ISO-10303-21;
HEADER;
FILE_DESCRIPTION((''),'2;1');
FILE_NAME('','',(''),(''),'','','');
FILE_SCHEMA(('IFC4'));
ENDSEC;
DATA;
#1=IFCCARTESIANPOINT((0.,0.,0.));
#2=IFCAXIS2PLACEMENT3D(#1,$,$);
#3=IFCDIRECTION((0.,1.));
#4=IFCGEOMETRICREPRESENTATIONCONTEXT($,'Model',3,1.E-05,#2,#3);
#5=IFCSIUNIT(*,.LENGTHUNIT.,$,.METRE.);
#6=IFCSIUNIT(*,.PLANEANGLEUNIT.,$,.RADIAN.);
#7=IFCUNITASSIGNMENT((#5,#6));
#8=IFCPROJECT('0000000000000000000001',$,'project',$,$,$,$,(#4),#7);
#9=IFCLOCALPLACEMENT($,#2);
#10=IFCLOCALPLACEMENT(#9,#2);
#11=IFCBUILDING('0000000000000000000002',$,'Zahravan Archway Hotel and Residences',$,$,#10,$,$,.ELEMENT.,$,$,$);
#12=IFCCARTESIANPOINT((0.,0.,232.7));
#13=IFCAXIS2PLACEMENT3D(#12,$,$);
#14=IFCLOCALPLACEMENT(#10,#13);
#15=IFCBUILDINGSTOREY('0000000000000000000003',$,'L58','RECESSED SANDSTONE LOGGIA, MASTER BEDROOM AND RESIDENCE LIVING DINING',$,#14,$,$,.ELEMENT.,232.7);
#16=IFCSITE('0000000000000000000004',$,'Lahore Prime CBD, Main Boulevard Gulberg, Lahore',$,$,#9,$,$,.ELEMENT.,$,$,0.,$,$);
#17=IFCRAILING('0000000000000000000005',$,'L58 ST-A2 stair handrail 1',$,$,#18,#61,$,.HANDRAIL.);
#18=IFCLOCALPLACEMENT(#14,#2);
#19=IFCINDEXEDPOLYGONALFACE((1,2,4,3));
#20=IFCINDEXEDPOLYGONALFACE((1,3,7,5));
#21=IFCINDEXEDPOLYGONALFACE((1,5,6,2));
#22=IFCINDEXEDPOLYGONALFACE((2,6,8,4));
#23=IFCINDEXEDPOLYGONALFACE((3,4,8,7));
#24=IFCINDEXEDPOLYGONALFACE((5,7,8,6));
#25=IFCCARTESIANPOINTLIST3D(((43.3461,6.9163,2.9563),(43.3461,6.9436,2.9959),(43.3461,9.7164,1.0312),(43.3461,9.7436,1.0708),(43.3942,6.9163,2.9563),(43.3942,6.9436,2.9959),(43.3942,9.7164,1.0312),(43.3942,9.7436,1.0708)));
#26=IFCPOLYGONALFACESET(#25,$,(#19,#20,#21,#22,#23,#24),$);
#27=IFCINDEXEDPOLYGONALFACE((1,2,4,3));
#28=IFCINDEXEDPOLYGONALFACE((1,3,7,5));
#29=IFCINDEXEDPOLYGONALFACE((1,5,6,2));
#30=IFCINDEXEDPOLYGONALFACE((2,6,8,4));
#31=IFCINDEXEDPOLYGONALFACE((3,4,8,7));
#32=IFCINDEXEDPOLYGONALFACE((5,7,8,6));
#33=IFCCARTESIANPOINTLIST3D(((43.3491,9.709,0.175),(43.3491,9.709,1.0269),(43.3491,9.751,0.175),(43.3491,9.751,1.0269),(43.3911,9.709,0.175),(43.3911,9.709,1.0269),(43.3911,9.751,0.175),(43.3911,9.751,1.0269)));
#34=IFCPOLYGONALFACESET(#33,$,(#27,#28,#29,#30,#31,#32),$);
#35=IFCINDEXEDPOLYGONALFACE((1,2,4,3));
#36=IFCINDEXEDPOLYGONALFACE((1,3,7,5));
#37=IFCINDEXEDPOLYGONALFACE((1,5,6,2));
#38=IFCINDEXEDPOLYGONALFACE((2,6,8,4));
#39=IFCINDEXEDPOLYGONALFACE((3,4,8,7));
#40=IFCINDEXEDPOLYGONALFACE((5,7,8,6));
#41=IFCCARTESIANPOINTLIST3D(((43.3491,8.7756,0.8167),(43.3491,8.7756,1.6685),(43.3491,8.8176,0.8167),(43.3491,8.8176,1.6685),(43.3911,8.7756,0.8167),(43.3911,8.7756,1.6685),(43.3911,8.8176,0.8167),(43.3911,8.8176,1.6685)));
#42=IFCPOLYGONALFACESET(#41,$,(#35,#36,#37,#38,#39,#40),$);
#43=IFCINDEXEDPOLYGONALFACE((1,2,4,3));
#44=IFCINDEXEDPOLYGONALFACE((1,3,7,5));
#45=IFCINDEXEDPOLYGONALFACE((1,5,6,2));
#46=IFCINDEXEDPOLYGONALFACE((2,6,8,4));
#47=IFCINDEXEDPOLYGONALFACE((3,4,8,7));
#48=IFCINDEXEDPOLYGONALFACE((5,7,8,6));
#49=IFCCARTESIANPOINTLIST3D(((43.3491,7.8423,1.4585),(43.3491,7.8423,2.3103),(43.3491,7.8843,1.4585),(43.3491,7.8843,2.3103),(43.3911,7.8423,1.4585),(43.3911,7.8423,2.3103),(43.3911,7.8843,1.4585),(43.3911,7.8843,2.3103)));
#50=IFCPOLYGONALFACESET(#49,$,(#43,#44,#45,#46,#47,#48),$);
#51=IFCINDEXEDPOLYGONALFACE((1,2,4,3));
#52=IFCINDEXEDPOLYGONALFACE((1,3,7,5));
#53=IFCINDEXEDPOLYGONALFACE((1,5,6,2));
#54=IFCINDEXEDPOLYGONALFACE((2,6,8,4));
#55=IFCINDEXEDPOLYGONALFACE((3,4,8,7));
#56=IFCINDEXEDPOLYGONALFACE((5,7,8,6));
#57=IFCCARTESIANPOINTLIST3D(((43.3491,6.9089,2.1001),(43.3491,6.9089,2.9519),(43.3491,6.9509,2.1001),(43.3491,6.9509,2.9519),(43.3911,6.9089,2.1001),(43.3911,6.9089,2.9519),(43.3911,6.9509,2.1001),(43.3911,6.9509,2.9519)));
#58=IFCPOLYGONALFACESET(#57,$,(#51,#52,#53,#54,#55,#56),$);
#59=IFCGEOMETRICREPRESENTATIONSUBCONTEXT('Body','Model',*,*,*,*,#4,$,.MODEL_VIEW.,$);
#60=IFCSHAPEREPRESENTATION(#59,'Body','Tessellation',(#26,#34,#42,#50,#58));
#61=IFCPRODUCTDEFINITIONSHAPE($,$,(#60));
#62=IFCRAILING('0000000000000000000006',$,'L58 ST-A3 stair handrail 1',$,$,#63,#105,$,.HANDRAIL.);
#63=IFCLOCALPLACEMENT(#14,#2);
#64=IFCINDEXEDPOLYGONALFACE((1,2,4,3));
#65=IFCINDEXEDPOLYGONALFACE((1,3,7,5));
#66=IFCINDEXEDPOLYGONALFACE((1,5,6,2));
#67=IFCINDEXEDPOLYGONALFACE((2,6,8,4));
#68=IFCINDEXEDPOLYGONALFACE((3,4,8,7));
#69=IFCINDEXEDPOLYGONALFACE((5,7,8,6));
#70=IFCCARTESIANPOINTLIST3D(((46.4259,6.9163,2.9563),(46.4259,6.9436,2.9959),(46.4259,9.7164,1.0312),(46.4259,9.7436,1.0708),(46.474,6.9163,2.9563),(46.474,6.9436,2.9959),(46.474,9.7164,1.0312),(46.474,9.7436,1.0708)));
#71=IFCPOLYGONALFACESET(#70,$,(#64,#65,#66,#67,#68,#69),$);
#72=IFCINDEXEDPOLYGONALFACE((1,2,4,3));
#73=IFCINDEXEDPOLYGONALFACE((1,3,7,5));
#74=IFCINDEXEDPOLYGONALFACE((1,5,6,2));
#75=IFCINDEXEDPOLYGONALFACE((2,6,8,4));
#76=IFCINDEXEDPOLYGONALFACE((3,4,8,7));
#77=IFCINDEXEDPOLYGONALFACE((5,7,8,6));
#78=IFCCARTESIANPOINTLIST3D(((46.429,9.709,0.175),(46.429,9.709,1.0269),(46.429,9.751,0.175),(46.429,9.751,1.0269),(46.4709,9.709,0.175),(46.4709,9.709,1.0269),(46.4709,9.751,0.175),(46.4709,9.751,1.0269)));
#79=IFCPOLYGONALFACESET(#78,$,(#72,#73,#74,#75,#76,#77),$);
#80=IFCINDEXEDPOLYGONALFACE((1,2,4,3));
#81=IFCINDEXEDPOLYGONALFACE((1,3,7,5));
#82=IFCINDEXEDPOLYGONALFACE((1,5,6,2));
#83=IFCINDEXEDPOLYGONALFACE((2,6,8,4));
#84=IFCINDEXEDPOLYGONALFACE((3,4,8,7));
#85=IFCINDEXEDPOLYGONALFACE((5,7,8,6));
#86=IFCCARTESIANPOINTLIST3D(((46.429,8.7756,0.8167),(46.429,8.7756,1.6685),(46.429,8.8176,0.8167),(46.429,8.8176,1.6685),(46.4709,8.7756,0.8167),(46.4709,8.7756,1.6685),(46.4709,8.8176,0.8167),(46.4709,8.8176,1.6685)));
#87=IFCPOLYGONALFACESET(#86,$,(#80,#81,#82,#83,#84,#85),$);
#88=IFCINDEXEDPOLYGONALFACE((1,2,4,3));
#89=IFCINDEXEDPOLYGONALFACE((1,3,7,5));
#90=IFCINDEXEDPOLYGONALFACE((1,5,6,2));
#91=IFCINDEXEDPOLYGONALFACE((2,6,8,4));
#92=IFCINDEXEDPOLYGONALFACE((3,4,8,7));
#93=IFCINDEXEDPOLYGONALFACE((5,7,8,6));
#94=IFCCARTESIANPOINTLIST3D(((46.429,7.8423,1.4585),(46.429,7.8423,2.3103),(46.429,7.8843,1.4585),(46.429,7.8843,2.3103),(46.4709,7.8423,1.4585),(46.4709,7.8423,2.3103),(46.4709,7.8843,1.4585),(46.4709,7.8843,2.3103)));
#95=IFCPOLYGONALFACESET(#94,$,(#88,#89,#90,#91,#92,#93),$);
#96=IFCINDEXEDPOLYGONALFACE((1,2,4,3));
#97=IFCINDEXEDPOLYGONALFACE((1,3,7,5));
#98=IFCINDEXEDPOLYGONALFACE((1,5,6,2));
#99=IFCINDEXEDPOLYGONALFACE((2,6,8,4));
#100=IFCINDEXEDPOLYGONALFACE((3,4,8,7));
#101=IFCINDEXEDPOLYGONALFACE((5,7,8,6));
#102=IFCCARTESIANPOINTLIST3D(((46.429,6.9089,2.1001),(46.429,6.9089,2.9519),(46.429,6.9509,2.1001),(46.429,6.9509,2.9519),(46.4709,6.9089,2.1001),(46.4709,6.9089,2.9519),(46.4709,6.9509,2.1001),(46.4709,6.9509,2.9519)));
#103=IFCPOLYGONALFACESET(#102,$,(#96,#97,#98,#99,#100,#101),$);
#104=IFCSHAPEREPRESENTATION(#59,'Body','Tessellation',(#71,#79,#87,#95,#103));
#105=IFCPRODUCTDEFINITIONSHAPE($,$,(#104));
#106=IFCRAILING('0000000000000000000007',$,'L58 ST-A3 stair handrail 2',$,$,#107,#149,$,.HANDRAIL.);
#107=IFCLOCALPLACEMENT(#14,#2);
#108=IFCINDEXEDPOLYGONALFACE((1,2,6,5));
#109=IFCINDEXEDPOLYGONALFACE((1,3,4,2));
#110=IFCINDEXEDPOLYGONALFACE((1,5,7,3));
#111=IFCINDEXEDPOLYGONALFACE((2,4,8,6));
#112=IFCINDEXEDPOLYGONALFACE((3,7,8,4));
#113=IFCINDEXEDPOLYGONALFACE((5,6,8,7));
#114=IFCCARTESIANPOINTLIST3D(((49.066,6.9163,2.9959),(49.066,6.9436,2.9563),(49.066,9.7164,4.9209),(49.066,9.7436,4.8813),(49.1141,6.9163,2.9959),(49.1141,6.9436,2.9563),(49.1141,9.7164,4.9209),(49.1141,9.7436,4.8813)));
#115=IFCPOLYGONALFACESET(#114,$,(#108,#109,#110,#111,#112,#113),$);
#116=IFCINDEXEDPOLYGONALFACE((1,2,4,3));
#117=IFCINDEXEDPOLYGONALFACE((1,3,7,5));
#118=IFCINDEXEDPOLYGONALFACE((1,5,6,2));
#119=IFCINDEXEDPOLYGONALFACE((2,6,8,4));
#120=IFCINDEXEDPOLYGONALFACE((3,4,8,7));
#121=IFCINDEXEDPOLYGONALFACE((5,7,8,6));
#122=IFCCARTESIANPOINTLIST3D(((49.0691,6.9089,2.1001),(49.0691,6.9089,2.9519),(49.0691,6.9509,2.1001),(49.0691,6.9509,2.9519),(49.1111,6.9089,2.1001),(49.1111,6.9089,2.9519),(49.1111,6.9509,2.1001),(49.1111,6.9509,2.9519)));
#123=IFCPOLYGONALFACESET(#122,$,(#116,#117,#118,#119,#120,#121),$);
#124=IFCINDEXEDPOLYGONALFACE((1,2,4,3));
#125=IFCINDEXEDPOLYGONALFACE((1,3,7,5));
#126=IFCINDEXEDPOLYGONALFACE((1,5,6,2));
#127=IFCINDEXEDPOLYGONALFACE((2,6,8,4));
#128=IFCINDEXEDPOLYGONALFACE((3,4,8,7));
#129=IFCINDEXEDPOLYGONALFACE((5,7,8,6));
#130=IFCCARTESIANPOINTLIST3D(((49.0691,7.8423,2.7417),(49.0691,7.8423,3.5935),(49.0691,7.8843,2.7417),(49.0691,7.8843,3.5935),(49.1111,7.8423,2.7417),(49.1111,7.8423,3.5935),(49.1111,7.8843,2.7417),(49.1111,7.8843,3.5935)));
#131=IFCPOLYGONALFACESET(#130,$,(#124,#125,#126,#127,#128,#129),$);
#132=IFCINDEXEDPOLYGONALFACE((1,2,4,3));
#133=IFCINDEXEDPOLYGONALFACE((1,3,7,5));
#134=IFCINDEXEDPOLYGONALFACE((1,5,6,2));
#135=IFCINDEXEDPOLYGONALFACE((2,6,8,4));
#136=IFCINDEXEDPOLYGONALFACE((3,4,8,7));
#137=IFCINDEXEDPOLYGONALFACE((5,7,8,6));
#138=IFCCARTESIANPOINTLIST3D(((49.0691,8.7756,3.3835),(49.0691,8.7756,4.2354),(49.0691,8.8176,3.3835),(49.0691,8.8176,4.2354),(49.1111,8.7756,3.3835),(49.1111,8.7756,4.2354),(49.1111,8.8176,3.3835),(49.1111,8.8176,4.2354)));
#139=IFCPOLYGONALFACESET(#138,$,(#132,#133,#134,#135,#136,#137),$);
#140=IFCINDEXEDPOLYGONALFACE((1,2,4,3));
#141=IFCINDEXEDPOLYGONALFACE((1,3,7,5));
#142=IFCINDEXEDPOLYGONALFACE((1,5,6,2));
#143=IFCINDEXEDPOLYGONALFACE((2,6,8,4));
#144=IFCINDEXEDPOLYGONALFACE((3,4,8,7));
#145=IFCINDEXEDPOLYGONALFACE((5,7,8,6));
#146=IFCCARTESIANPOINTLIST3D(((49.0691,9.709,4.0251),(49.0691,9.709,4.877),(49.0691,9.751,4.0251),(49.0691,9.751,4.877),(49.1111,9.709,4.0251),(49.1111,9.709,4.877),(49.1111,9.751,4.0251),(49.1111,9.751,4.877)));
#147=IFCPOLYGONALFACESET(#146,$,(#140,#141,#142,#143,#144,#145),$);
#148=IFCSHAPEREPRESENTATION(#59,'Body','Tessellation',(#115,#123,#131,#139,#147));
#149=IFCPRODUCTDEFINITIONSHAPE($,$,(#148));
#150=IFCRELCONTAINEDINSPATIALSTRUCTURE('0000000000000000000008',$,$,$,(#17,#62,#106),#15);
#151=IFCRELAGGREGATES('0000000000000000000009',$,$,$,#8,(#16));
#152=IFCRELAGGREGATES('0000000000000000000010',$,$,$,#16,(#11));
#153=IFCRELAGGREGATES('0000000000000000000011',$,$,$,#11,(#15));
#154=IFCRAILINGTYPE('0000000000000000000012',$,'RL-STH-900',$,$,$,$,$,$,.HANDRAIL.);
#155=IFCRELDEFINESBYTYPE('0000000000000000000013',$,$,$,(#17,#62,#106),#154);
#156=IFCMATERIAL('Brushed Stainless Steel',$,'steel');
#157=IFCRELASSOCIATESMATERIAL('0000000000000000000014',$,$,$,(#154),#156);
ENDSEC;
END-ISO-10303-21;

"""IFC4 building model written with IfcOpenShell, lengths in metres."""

from ifc_helpers import new_model, si_unit, direction, frame, origin, origin_2d, place, context, subcontext, project, spatial, rectangle, extrude, material, type_object, element, save


model = new_model("IFC4")

# Units and contexts
model_context = context("Model", 3, precision=1e-05, world=origin(), true_north=direction((0.0, 1.0)))
body_context = subcontext(model_context, "Body", "Model", "MODEL_VIEW")
ifc_project = project(units=[si_unit("LENGTHUNIT", "METRE"), si_unit("PLANEANGLEUNIT", "RADIAN")], contexts=[model_context])

# Site, building, storey
site_placement = place(None, origin())
site = spatial("IfcSite", under=ifc_project, at=site_placement, Name="Lahore Prime CBD, Main Boulevard Gulberg, Lahore", CompositionType="ELEMENT", RefElevation=0.0)
building_placement = place(site_placement, origin())
building = spatial("IfcBuilding", under=site, at=building_placement, Name="Zahravan Archway Hotel and Residences", CompositionType="ELEMENT")
storey_placement = place(building_placement, frame((0.0, 0.0, 232.7)))
storey = spatial("IfcBuildingStorey", under=building, at=storey_placement, Name="L58", Description="RECESSED SANDSTONE LOGGIA, MASTER BEDROOM AND RESIDENCE LIVING DINING", CompositionType="ELEMENT", Elevation=232.7)

# Railings
ifc_material_1 = material(Name="Brushed Stainless Steel", Category="steel")
railing_type_1 = type_object("IfcRailingType", Name="RL-STH-900", PredefinedType="HANDRAIL", material=ifc_material_1)
for number, where, name in (
    (1, (43.3701, 9.73, 0.175), "L58 ST-A2 stair handrail 1"),
    (2, (46.45, 9.73, 0.175), "L58 ST-A3 stair handrail 1"),
):
    element("IfcRailing", number, at=place(storey_placement, frame(where)), inside=storey, type_object=railing_type_1, Name=name, PredefinedType="HANDRAIL", context=body_context, shape_type="SweptSolid", body=[
        extrude(rectangle(XDim=0.0481, YDim=0.0481, at=origin_2d()), frame((0.0, 0.0, 0.876), z_axis=(0.0, -0.82404, 0.566532), x_axis=(1.0, 0.0, 0.0)), (0.0, 0.0, 1.0), 3.3979),
        extrude(rectangle(XDim=0.042, YDim=0.042, at=origin_2d()), origin(), (0.0, 0.0, 1.0), 0.8518),
        extrude(rectangle(XDim=0.042, YDim=0.042, at=origin_2d()), frame((0.0, -0.9333, 0.6416)), (0.0, 0.0, 1.0), 0.8518),
        extrude(rectangle(XDim=0.042, YDim=0.042, at=origin_2d()), frame((0.0, -1.8667, 1.2834)), (0.0, 0.0, 1.0), 0.8518),
        extrude(rectangle(XDim=0.042, YDim=0.042, at=origin_2d()), frame((0.0, -2.8, 1.925)), (0.0, 0.0, 1.0), 0.8518),
    ])
railing_1_placement = place(storey_placement, frame((49.0901, 6.9299, 2.1001)))
element("IfcRailing", 3, at=railing_1_placement, inside=storey, type_object=railing_type_1, Name="L58 ST-A3 stair handrail 2", PredefinedType="HANDRAIL", context=body_context, shape_type="SweptSolid", body=[
    extrude(rectangle(XDim=0.0481, YDim=0.0481, at=origin_2d()), frame((0.0, 0.0, 0.876), z_axis=(0.0, 0.82404, 0.566532), x_axis=(-1.0, 0.0, 0.0)), (0.0, 0.0, 1.0), 3.3979),
    extrude(rectangle(XDim=0.042, YDim=0.042, at=origin_2d()), origin(), (0.0, 0.0, 1.0), 0.8518),
    extrude(rectangle(XDim=0.042, YDim=0.042, at=origin_2d()), frame((0.0, 0.9333, 0.6416)), (0.0, 0.0, 1.0), 0.8518),
    extrude(rectangle(XDim=0.042, YDim=0.042, at=origin_2d()), frame((0.0, 1.8667, 1.2834)), (0.0, 0.0, 1.0), 0.8518),
    extrude(rectangle(XDim=0.042, YDim=0.042, at=origin_2d()), frame((0.0, 2.8, 1.925)), (0.0, 0.0, 1.0), 0.8518),
])

save(model, "model.ifc")
